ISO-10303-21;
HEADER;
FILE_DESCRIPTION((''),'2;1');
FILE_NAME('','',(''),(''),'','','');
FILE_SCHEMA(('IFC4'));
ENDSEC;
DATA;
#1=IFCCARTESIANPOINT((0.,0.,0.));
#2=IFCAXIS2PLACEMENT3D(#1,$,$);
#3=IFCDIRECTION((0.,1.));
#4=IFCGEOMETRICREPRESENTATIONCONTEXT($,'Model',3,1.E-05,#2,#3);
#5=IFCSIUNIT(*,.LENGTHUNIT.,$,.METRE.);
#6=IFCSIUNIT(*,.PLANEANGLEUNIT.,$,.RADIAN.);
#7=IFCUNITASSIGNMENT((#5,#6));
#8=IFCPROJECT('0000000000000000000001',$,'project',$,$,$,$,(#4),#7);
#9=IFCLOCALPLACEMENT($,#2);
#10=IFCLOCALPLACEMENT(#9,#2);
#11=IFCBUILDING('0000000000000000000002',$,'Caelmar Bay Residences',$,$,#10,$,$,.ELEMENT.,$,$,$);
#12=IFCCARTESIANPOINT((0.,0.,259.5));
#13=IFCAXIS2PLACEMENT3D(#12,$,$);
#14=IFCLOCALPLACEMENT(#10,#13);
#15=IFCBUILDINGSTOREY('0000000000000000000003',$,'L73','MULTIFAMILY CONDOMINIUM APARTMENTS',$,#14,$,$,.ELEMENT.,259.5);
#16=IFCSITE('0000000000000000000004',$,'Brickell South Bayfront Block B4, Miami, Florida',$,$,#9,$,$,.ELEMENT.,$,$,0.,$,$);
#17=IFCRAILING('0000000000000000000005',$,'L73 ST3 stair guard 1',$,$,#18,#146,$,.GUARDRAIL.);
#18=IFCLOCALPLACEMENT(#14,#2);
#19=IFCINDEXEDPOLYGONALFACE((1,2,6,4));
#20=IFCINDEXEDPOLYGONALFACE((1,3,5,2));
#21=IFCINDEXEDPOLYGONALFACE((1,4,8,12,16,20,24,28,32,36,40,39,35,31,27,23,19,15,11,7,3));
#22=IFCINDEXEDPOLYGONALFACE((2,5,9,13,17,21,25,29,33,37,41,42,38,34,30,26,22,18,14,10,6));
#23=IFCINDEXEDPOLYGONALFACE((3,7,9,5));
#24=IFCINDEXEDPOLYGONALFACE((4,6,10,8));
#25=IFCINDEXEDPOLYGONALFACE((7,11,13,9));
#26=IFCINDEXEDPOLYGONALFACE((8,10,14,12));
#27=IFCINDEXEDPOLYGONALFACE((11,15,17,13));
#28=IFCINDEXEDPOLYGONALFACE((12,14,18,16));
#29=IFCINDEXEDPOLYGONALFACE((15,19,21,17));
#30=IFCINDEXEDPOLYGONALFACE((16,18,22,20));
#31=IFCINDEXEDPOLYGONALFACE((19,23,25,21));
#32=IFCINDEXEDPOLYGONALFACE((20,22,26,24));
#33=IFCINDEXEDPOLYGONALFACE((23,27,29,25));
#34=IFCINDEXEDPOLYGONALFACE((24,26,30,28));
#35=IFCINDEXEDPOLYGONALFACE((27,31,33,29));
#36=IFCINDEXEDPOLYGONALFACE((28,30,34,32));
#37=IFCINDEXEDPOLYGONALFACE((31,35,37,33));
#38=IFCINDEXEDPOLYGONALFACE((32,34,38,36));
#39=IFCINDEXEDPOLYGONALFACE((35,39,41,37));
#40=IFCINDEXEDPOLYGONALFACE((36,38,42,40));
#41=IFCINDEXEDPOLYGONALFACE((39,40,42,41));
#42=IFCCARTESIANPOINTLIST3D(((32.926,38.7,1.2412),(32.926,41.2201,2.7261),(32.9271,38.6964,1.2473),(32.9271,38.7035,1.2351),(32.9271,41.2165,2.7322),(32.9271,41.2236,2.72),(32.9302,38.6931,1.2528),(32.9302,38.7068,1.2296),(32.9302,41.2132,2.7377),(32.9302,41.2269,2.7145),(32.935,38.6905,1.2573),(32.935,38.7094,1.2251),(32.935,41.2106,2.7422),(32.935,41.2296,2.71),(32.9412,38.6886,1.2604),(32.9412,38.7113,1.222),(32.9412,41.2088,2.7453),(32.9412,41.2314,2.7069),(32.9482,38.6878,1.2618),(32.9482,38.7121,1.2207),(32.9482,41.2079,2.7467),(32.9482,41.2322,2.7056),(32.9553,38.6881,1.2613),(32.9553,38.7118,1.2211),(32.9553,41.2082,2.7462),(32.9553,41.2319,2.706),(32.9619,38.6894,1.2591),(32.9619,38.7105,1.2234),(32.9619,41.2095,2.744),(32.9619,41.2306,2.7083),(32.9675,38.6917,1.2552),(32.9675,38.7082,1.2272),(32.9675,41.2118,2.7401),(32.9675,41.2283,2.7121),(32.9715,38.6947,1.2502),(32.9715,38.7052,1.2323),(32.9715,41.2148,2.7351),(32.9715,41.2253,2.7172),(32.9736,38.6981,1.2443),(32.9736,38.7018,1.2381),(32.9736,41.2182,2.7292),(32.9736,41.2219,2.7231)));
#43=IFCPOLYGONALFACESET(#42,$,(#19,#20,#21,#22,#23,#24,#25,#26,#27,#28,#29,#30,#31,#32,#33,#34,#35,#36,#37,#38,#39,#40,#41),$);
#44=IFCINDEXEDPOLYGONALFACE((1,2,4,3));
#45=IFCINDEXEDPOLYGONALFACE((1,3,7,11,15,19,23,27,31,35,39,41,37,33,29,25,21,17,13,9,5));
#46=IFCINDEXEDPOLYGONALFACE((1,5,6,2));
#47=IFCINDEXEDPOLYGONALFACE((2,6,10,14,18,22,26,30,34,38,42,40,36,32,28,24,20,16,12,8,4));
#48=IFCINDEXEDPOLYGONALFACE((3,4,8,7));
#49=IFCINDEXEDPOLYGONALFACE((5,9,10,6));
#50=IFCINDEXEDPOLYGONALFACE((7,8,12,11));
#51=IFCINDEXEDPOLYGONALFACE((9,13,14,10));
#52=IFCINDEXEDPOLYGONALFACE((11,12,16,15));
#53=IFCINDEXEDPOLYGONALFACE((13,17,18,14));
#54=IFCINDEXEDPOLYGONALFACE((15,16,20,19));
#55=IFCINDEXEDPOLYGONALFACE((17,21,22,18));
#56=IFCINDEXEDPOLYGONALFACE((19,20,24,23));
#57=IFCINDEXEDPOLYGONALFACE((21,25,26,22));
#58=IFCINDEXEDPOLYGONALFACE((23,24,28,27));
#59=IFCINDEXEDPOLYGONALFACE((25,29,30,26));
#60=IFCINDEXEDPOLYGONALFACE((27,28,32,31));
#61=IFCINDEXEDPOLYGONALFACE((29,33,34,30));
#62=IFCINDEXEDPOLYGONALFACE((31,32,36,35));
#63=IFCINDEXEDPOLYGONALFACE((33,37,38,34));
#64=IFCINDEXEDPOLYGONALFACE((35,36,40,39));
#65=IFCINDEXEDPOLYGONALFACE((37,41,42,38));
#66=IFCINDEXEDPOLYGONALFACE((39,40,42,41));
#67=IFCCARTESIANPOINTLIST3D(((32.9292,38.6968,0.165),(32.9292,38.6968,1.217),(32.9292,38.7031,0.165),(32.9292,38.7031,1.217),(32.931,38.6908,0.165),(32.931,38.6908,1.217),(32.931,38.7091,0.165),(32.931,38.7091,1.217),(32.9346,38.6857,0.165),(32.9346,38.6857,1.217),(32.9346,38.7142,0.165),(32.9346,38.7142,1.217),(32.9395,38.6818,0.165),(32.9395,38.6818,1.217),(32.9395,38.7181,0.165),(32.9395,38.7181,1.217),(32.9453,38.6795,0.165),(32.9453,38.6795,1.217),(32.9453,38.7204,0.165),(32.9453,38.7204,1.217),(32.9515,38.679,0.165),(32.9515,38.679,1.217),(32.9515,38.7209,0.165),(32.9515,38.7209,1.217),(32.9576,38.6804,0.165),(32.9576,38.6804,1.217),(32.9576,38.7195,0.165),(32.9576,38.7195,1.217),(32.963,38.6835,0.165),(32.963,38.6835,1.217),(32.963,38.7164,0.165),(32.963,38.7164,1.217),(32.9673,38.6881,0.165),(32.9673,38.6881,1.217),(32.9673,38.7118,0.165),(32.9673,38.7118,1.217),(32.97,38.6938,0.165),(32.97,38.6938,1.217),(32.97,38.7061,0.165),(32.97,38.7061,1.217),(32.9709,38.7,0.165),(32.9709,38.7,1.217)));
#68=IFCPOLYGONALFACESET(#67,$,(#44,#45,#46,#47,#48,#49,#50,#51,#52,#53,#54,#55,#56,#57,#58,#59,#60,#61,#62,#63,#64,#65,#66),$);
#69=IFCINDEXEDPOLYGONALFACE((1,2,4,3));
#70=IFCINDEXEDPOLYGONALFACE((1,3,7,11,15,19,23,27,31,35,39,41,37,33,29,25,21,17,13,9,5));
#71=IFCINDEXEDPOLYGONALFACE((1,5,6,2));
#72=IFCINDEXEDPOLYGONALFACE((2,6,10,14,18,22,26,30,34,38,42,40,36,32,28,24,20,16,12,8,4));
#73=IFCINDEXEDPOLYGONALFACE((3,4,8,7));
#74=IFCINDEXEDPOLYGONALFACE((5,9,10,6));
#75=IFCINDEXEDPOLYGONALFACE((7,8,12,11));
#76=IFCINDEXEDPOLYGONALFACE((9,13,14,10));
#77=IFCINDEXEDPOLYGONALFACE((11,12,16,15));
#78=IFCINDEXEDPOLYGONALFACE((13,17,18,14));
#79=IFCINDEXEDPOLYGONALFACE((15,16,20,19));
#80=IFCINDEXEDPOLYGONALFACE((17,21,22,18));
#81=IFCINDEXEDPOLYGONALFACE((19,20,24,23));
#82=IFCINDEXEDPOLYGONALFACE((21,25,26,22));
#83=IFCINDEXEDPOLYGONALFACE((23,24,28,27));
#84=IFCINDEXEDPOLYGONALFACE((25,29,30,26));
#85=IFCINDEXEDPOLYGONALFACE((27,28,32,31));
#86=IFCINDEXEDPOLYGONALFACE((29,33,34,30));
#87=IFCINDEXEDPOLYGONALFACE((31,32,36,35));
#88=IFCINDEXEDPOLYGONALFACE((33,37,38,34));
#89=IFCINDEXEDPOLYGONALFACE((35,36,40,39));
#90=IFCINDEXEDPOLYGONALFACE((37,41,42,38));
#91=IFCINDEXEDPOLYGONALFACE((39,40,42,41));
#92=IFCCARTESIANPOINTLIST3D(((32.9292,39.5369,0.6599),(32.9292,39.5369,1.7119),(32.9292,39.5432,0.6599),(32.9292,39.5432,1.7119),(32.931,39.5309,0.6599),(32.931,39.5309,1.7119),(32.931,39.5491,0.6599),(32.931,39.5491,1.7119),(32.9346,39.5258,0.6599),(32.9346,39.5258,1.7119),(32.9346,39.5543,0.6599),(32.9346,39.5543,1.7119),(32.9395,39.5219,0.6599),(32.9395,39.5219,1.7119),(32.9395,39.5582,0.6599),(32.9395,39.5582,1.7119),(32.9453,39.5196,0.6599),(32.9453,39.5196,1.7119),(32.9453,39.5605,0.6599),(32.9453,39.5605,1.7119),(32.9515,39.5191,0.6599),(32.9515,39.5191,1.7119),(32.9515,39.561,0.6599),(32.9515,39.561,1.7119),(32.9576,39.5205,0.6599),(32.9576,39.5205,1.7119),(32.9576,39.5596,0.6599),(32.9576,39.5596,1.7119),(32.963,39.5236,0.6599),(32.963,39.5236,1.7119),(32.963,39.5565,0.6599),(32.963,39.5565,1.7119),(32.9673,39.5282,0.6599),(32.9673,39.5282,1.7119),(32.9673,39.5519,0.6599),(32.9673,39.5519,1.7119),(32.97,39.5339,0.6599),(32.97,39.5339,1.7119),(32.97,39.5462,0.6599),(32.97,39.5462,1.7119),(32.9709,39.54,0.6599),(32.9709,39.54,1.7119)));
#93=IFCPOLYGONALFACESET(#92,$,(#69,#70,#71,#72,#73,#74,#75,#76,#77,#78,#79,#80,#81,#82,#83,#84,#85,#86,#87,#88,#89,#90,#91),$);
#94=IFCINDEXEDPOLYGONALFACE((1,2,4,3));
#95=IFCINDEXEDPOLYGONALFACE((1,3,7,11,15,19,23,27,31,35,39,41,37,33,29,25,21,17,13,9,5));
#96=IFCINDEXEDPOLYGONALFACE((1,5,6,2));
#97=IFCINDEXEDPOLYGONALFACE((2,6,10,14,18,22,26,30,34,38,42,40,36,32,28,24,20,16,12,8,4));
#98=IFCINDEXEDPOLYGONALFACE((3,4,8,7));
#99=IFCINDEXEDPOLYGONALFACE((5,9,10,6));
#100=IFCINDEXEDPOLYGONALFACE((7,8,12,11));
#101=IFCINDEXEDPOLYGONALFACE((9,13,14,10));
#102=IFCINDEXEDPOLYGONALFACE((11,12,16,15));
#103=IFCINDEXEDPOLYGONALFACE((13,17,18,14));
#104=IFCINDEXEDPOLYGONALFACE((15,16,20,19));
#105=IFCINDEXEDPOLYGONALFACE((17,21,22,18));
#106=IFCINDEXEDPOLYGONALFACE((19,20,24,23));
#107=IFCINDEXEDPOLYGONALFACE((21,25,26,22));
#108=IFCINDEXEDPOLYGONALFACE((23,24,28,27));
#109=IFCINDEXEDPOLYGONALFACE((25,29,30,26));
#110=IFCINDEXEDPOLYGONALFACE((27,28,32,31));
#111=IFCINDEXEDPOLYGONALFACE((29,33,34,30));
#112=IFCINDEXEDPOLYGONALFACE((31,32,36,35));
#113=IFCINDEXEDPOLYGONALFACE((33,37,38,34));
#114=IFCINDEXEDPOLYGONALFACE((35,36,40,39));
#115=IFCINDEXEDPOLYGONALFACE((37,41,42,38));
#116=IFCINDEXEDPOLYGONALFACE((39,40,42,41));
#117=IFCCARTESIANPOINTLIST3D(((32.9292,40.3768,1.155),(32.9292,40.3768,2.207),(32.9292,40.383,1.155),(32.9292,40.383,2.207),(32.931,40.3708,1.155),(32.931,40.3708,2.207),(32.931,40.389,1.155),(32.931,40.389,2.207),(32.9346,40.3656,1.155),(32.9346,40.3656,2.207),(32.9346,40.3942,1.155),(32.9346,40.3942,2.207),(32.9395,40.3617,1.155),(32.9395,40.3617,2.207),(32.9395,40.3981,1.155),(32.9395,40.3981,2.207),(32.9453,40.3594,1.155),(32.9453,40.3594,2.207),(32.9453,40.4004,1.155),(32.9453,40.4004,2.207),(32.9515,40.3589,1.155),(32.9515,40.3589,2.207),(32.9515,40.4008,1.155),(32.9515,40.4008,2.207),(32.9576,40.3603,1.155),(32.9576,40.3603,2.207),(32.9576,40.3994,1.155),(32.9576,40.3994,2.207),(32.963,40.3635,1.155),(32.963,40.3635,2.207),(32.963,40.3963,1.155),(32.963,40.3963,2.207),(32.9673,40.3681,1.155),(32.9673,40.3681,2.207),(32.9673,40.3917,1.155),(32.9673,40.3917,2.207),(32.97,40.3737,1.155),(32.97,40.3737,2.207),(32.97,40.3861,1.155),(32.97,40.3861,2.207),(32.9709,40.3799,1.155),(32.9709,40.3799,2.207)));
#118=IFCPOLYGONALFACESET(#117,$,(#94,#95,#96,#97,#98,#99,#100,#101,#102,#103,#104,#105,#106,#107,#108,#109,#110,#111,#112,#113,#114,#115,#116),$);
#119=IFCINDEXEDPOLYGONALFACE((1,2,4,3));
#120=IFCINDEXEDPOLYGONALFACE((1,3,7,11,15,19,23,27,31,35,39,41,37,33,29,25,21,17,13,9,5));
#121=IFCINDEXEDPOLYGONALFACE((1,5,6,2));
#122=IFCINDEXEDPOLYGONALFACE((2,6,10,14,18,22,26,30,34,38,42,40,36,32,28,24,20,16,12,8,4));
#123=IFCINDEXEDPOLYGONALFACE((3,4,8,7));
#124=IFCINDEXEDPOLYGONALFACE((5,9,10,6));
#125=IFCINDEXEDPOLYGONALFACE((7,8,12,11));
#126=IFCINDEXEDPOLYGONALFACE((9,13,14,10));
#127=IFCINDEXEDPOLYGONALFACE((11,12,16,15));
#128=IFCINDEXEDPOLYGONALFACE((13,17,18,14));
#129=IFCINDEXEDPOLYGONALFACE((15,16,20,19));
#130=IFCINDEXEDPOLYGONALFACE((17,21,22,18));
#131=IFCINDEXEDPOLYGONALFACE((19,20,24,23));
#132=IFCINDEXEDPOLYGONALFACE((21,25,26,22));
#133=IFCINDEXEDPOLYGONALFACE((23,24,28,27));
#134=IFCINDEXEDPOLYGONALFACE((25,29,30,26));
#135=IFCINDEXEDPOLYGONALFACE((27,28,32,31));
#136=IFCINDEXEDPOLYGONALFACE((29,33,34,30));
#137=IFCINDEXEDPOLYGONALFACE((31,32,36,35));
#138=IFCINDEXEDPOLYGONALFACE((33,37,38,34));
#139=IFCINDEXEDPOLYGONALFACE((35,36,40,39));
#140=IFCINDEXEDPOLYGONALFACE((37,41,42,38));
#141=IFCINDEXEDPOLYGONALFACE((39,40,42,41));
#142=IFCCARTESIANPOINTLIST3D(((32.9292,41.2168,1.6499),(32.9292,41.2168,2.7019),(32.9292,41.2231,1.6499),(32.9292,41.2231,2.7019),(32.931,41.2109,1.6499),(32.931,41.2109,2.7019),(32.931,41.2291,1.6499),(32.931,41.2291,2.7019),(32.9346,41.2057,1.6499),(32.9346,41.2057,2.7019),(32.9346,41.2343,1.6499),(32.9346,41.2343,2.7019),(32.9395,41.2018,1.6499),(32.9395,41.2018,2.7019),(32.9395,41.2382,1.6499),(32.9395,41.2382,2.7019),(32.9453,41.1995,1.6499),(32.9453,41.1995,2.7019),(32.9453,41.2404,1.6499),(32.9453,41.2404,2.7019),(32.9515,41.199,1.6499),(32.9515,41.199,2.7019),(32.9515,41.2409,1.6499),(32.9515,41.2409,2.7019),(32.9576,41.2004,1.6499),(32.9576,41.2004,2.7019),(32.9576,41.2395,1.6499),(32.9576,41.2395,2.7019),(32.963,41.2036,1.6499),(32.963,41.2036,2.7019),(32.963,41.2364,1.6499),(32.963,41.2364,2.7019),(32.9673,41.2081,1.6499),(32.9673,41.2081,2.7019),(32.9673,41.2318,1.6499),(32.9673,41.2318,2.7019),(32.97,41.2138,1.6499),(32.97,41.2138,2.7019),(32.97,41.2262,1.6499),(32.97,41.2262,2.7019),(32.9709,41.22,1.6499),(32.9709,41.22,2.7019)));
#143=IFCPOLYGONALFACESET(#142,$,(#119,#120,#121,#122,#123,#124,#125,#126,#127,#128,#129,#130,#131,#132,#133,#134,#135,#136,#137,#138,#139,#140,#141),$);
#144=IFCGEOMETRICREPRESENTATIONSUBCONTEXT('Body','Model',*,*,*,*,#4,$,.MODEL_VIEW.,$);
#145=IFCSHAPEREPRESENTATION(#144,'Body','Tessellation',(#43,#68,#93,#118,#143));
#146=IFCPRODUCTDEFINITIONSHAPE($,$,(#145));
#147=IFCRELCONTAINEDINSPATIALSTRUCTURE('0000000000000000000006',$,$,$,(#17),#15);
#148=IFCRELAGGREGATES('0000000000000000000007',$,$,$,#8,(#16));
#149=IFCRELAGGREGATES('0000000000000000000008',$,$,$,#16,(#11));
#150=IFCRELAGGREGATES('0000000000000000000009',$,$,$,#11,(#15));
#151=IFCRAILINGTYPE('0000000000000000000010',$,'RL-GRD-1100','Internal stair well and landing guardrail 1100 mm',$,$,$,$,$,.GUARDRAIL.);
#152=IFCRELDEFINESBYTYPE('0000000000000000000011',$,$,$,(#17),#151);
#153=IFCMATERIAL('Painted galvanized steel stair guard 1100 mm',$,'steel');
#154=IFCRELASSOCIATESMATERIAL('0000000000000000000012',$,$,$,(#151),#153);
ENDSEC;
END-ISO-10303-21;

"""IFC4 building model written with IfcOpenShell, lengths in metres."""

from ifc_helpers import new_model, si_unit, direction, frame, origin, origin_2d, place, context, subcontext, project, spatial, circle, extrude, material, type_object, element, save


model = new_model("IFC4")

# Units and contexts
model_context = context("Model", 3, precision=1e-05, world=origin(), true_north=direction((0.0, 1.0)))
body_context = subcontext(model_context, "Body", "Model", "MODEL_VIEW")
ifc_project = project(units=[si_unit("LENGTHUNIT", "METRE"), si_unit("PLANEANGLEUNIT", "RADIAN")], contexts=[model_context])

# Site, building, storey
site_placement = place(None, origin())
site = spatial("IfcSite", under=ifc_project, at=site_placement, Name="Brickell South Bayfront Block B4, Miami, Florida", CompositionType="ELEMENT", RefElevation=0.0)
building_placement = place(site_placement, origin())
building = spatial("IfcBuilding", under=site, at=building_placement, Name="Caelmar Bay Residences", CompositionType="ELEMENT")
storey_placement = place(building_placement, frame((0.0, 0.0, 259.5)))
storey = spatial("IfcBuildingStorey", under=building, at=storey_placement, Name="L73", Description="MULTIFAMILY CONDOMINIUM APARTMENTS", CompositionType="ELEMENT", Elevation=259.5)

# Railing
ifc_material_1 = material(Name="Painted galvanized steel stair guard 1100 mm", Category="steel")
railing_type_1 = type_object("IfcRailingType", Name="RL-GRD-1100", Description="Internal stair well and landing guardrail 1100 mm", PredefinedType="GUARDRAIL", material=ifc_material_1)
railing_1_placement = place(storey_placement, frame((32.95, 38.7, 0.165)))
element("IfcRailing", 1, at=railing_1_placement, inside=storey, type_object=railing_type_1, Name="L73 ST3 stair guard 1", PredefinedType="GUARDRAIL", context=body_context, shape_type="SweptSolid", body=[
    extrude(circle(Radius=0.0239, at=origin_2d()), frame((0.0, 0.0, 1.0762), z_axis=(0.0, 0.861561, 0.507655), x_axis=(-1.0, 0.0, 0.0)), (0.0, 0.0, 1.0), 2.925),
    extrude(circle(Radius=0.021, at=origin_2d()), origin(), (0.0, 0.0, 1.0), 1.052),
    extrude(circle(Radius=0.021, at=origin_2d()), frame((0.0, 0.8401, 0.4949)), (0.0, 0.0, 1.0), 1.052),
    extrude(circle(Radius=0.021, at=origin_2d()), frame((0.0, 1.6799, 0.99)), (0.0, 0.0, 1.0), 1.052),
    extrude(circle(Radius=0.021, at=origin_2d()), frame((0.0, 2.52, 1.4849)), (0.0, 0.0, 1.0), 1.052),
])

save(model, "model.ifc")
